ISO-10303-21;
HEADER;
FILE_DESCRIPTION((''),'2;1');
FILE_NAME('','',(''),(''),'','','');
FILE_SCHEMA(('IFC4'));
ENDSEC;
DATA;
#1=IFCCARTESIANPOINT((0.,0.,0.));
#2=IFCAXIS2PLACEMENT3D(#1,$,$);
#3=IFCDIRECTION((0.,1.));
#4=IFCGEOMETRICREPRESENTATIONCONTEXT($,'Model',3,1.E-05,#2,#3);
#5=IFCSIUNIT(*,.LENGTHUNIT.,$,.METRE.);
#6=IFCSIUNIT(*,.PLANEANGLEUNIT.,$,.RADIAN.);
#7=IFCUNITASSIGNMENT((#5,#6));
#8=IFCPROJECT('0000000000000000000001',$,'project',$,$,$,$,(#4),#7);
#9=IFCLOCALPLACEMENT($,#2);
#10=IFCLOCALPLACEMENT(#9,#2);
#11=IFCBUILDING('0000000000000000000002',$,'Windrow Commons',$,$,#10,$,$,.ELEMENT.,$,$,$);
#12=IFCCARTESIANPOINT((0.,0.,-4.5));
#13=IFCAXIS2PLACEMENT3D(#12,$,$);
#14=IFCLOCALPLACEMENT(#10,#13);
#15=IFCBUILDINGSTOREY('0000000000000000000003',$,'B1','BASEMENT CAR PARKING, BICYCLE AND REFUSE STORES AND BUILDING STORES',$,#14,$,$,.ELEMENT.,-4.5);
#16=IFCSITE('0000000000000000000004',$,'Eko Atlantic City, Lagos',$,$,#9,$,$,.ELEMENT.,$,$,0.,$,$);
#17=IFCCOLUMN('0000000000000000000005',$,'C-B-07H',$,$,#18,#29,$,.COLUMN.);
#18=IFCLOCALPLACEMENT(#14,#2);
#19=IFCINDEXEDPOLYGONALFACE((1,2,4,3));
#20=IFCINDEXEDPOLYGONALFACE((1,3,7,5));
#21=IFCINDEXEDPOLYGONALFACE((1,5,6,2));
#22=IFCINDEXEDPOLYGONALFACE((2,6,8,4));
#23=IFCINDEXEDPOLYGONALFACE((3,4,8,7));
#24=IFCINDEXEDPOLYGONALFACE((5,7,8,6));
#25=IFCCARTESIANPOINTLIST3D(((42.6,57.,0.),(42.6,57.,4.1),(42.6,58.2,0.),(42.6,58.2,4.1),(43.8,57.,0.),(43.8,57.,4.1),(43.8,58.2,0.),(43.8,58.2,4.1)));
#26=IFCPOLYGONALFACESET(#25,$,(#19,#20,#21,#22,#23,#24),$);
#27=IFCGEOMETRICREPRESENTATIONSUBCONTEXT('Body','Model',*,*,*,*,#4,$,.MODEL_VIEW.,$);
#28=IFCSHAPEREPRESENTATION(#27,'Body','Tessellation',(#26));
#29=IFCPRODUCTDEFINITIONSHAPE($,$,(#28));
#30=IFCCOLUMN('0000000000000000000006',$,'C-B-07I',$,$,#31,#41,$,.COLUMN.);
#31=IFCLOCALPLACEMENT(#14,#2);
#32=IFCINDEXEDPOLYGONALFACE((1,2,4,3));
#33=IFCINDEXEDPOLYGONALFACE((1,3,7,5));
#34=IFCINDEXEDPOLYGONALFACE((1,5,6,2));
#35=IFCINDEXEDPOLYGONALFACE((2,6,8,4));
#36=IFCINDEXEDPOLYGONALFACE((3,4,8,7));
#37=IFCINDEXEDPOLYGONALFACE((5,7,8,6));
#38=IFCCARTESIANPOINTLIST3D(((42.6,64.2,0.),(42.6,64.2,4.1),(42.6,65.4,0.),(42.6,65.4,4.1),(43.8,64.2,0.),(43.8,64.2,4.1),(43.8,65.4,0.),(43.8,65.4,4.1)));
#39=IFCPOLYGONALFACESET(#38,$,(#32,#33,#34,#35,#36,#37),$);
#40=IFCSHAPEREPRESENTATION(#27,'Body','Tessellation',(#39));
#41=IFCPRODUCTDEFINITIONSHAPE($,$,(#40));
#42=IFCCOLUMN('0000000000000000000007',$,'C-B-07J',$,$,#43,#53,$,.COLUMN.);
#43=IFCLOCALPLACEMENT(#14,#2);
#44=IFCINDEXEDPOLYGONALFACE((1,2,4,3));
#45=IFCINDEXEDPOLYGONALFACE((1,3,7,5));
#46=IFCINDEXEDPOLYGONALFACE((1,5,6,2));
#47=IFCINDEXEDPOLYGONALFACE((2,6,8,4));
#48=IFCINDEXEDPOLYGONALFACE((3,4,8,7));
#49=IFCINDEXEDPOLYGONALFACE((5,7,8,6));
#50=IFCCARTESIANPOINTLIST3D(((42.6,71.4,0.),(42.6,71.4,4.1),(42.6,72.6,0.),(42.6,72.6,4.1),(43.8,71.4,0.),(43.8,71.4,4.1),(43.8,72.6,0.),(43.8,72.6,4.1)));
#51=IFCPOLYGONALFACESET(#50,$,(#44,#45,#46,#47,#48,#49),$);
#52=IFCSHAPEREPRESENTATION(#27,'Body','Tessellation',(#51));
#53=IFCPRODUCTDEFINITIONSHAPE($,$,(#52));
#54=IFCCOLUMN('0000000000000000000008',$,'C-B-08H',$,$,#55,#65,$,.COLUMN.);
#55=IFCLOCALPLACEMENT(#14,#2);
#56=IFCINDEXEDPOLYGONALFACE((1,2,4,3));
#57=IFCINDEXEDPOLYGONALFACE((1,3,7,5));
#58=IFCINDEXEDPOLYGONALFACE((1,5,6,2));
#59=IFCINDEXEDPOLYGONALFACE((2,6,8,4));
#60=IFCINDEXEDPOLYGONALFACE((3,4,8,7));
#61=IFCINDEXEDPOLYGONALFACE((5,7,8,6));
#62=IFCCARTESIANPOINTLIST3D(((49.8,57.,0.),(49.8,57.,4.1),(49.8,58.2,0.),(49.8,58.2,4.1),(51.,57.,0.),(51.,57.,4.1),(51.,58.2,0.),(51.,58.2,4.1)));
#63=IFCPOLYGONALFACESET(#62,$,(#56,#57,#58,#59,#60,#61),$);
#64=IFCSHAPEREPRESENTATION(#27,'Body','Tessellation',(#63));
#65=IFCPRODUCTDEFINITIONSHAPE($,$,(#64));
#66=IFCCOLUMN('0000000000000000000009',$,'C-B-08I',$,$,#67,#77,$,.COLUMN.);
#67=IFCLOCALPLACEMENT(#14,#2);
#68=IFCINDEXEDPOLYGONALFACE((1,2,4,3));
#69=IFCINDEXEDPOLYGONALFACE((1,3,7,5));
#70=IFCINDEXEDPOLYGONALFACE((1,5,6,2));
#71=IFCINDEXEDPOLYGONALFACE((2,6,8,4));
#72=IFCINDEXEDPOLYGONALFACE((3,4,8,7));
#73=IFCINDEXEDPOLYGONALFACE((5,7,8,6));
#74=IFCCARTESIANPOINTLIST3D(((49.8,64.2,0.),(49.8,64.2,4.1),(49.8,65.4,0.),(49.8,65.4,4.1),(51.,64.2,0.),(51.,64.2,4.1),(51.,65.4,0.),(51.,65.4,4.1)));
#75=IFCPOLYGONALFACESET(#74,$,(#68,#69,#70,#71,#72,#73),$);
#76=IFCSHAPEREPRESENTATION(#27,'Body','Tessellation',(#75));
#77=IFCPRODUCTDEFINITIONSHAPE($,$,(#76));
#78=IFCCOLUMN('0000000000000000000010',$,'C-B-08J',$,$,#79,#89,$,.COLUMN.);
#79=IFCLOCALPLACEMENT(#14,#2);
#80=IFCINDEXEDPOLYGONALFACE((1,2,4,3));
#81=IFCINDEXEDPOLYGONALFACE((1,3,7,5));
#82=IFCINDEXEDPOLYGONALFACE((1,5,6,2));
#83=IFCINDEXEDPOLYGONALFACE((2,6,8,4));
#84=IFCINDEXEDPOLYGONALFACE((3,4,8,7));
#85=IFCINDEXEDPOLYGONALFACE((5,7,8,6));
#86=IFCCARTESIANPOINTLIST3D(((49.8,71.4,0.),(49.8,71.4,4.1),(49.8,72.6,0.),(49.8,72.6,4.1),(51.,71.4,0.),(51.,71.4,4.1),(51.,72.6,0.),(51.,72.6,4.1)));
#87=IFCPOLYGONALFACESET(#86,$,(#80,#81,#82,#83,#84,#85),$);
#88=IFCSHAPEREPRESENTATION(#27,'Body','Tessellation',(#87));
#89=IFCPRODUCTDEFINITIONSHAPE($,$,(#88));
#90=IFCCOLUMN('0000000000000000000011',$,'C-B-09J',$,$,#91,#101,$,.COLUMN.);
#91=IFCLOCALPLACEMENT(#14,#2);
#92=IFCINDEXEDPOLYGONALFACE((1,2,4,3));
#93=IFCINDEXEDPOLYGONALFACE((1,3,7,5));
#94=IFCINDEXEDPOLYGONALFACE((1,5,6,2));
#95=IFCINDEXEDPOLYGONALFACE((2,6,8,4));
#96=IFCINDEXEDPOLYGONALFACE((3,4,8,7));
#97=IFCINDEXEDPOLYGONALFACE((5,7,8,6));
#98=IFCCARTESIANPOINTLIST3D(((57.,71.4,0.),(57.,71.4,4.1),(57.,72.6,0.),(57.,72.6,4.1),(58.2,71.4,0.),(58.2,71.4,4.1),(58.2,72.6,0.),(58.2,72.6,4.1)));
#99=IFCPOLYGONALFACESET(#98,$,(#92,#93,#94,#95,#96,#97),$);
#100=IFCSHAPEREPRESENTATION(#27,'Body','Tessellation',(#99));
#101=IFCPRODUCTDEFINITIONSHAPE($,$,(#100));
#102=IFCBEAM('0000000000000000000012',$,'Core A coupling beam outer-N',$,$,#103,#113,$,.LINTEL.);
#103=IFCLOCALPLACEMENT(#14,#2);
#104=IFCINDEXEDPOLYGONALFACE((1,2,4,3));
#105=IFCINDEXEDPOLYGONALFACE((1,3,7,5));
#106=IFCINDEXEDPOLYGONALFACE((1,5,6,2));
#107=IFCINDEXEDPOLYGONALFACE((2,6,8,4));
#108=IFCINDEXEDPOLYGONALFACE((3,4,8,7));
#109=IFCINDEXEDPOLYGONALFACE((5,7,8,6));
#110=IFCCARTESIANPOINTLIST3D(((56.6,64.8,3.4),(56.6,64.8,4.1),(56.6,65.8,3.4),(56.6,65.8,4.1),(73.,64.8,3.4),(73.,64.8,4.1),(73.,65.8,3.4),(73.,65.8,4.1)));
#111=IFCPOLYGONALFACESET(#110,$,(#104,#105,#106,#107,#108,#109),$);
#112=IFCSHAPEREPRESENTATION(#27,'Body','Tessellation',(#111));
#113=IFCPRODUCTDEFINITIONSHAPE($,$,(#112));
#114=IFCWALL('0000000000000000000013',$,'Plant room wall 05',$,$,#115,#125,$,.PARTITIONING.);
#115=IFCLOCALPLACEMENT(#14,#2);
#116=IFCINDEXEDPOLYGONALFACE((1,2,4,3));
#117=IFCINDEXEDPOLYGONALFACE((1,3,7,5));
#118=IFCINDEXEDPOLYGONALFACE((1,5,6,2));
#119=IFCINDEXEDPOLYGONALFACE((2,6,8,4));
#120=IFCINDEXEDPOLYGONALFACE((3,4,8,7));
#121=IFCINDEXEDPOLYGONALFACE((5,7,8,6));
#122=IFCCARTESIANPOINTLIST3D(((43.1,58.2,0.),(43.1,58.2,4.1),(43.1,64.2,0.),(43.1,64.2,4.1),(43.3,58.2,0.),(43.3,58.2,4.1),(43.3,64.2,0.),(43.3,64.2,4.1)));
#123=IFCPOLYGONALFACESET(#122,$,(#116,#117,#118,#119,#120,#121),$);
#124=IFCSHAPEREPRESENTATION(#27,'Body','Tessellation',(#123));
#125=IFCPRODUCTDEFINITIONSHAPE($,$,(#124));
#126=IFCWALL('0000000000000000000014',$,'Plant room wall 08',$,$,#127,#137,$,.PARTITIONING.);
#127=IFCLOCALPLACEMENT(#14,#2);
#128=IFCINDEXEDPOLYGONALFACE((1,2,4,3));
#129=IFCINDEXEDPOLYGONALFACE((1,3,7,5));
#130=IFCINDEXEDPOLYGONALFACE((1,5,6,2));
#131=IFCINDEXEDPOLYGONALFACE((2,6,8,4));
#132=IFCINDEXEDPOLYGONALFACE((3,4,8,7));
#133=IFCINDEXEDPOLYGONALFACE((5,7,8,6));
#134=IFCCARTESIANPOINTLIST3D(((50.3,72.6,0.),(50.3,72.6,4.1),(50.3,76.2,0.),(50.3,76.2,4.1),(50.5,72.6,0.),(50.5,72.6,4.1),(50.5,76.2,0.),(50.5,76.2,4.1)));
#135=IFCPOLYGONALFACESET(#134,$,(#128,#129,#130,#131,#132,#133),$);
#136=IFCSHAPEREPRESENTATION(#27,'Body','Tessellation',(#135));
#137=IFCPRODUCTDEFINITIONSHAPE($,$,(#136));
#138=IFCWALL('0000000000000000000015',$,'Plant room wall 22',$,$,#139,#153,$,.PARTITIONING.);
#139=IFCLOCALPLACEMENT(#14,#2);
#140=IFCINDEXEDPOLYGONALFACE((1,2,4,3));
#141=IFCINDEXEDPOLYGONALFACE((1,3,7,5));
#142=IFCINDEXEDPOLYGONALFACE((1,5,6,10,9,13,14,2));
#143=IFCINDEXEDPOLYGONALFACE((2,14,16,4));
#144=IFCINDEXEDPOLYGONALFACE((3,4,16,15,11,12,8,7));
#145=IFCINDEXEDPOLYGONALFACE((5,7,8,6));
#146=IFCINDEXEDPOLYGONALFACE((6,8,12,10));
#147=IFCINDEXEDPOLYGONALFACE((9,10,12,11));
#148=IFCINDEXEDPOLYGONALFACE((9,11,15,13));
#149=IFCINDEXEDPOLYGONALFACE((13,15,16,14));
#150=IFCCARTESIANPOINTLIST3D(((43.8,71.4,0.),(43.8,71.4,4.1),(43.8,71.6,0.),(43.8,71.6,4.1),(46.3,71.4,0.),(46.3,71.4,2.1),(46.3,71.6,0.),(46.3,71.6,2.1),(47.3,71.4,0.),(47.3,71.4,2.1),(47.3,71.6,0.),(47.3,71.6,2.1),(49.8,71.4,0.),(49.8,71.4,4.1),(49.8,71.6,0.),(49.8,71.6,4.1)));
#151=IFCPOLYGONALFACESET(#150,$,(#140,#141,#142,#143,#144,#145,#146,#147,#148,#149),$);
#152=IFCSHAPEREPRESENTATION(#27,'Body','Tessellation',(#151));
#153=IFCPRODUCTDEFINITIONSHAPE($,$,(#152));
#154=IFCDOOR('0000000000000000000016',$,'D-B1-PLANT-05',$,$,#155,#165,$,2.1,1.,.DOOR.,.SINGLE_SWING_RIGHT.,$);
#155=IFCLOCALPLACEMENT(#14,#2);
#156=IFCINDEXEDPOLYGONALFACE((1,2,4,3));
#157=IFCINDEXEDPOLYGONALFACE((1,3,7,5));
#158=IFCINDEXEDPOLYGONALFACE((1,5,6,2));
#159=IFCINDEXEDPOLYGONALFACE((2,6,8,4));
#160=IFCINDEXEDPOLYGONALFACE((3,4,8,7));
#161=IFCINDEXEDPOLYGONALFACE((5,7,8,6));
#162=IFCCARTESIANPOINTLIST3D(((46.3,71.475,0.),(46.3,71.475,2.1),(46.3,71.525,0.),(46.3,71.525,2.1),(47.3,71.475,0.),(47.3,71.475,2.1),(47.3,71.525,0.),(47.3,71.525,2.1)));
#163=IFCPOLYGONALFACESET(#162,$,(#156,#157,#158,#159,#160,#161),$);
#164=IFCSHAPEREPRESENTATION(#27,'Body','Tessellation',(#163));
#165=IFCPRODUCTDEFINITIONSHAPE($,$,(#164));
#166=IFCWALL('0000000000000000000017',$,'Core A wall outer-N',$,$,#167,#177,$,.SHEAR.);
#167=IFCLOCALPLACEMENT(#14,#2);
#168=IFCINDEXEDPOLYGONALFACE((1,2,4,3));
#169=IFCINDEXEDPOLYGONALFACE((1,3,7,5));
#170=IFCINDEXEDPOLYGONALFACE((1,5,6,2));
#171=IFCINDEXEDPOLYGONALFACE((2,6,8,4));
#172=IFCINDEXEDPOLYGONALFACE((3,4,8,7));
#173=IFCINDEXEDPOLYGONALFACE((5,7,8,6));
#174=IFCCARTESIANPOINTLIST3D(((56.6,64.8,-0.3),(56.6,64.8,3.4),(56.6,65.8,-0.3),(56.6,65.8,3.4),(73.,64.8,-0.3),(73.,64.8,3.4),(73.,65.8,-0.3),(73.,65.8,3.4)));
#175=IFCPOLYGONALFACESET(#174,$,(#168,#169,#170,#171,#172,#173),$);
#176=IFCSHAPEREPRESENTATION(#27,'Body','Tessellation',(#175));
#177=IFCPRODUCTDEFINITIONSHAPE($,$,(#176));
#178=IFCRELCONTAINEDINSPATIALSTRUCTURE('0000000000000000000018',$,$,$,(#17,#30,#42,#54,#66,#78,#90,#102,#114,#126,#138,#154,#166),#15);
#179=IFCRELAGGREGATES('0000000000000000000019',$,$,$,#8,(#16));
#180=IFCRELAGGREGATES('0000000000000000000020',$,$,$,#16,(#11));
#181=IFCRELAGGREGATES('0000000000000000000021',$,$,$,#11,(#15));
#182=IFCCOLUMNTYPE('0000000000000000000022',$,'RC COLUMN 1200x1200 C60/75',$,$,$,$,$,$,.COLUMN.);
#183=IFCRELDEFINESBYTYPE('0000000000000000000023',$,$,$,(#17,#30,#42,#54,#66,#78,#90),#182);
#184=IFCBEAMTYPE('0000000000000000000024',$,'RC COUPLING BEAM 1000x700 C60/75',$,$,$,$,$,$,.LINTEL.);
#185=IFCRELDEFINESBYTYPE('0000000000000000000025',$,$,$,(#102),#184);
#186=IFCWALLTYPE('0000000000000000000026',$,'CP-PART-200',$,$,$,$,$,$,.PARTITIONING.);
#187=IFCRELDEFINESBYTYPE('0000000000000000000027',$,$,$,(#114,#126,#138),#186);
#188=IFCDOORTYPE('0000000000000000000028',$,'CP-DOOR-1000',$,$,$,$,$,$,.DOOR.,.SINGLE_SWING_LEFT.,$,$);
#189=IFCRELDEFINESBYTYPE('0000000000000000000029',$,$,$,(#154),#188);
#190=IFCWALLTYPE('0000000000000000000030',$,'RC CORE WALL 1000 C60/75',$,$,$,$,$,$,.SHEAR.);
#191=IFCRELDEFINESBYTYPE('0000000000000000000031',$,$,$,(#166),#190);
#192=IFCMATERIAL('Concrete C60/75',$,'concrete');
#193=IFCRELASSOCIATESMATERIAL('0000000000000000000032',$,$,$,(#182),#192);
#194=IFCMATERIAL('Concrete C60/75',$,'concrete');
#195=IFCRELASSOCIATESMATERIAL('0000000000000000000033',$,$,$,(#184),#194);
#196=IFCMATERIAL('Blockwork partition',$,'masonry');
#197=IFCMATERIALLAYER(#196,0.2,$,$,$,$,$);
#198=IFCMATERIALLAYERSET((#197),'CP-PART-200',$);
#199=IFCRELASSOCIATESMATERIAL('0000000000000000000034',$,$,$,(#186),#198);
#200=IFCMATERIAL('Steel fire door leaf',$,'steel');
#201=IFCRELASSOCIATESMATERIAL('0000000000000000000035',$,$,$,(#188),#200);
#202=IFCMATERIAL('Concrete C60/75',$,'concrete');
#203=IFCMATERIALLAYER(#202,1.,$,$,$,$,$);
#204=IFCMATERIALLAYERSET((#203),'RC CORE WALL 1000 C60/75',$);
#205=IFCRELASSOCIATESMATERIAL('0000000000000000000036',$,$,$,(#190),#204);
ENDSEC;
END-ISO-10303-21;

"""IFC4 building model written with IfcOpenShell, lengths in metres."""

from ifc_helpers import new_model, si_unit, direction, frame, frame_2d, origin, origin_2d, place, context, subcontext, project, spatial, rectangle, extrude, material, layer, layer_set, material_profile, profile_set, type_object, element, fill, save


model = new_model("IFC4")

# Units and contexts
model_context = context("Model", 3, precision=1e-05, world=origin(), true_north=direction((0.0, 1.0)))
body_context = subcontext(model_context, "Body", "Model", "MODEL_VIEW")
ifc_project = project(units=[si_unit("LENGTHUNIT", "METRE"), si_unit("PLANEANGLEUNIT", "RADIAN")], contexts=[model_context])

# Site, building, storey
site_placement = place(None, origin())
site = spatial("IfcSite", under=ifc_project, at=site_placement, Name="Eko Atlantic City, Lagos", CompositionType="ELEMENT", RefElevation=0.0)
building_placement = place(site_placement, origin())
building = spatial("IfcBuilding", under=site, at=building_placement, Name="Windrow Commons", CompositionType="ELEMENT")
storey_placement = place(building_placement, frame((0.0, 0.0, -4.5)))
storey = spatial("IfcBuildingStorey", under=building, at=storey_placement, Name="B1", Description="BASEMENT CAR PARKING, BICYCLE AND REFUSE STORES AND BUILDING STORES", CompositionType="ELEMENT", Elevation=-4.5)

# Columns
ifc_material_1 = material(Name="Concrete C60/75", Category="concrete")
ifc_material_profile_1 = material_profile(ifc_material_1, rectangle(XDim=1.2, YDim=1.2, at=origin_2d()))
ifc_profile_set_1 = profile_set([ifc_material_profile_1], Name="Concrete C60/75")
column_type = type_object("IfcColumnType", Name="RC COLUMN 1200x1200 C60/75", PredefinedType="COLUMN", material=ifc_profile_set_1)
for number, where, z_axis, x_axis, name in (
    (1, (43.2, 57.6, 0.0), (0.0, 0.0, 1.0), (1.0, 0.0, 0.0), "C-B-07H"),
    (2, (43.2, 64.8, 0.0), (0.0, 0.0, 1.0), (1.0, 0.0, 0.0), "C-B-07I"),
    (3, (43.2, 72.0, 0.0), (0.0, 0.0, 1.0), (1.0, 0.0, 0.0), "C-B-07J"),
    (4, (50.4, 57.6, 0.0), (0.0, 0.0, 1.0), (1.0, 0.0, 0.0), "C-B-08H"),
    (5, (50.4, 64.8, 0.0), (0.0, 0.0, 1.0), (1.0, 0.0, 0.0), "C-B-08I"),
    (6, (50.4, 72.0, 0.0), (0.0, 0.0, 1.0), (1.0, 0.0, 0.0), "C-B-08J"),
    (7, (57.6, 72.0, 0.0), (0.0, 0.0, 1.0), (1.0, 0.0, 0.0), "C-B-09J"),
):
    element("IfcColumn", number, at=place(storey_placement, frame(where, z_axis=z_axis, x_axis=x_axis)), inside=storey, type_object=column_type, Name=name, PredefinedType="COLUMN", context=body_context, shape_type="SweptSolid", body=[
        extrude(rectangle(XDim=1.2, YDim=1.2, at=origin_2d()), origin(), (0.0, 0.0, 1.0), 4.1),
    ])

# Beam
ifc_material_2 = material(Name="Concrete C60/75", Category="concrete")
ifc_material_profile_2 = material_profile(ifc_material_2, rectangle(XDim=1.0, YDim=0.7, at=origin_2d()))
ifc_profile_set_2 = profile_set([ifc_material_profile_2], Name="Concrete C60/75")
beam_type = type_object("IfcBeamType", Name="RC COUPLING BEAM 1000x700 C60/75", PredefinedType="LINTEL", material=ifc_profile_set_2)
beam_placement = place(storey_placement, frame((56.6, 65.3, 3.75), z_axis=(1.0, 0.0, 0.0), x_axis=(0.0, 1.0, 0.0)))
element("IfcBeam", 8, at=beam_placement, inside=storey, type_object=beam_type, Name="Core A coupling beam outer-N", PredefinedType="LINTEL", context=body_context, shape_type="SweptSolid", body=[
    extrude(rectangle(XDim=1.0, YDim=0.7, at=origin_2d()), origin(), (0.0, 0.0, 1.0), 16.4),
])

# Walls
ifc_material_3 = material(Name="Blockwork partition", Category="masonry")
ifc_layer_1 = layer(ifc_material_3, 0.2)
ifc_layer_set_1 = layer_set([ifc_layer_1], Name="CP-PART-200")
wall_type_1 = type_object("IfcWallType", Name="CP-PART-200", PredefinedType="PARTITIONING", material=ifc_layer_set_1)
wall_1_placement = place(storey_placement, frame((43.2, 58.2, 0.0), z_axis=(0.0, 0.0, 1.0), x_axis=(0.0, 1.0, 0.0)))
element("IfcWall", 9, at=wall_1_placement, inside=storey, type_object=wall_type_1, Name="Plant room wall 05", PredefinedType="PARTITIONING", context=body_context, shape_type="SweptSolid", body=[
    extrude(rectangle(XDim=6.0, YDim=0.2, at=frame_2d((3.0, 0.0))), origin(), (0.0, 0.0, 1.0), 4.1),
])
wall_2_placement = place(storey_placement, frame((50.4, 72.6, 0.0), z_axis=(0.0, 0.0, 1.0), x_axis=(0.0, 1.0, 0.0)))
element("IfcWall", 10, at=wall_2_placement, inside=storey, type_object=wall_type_1, Name="Plant room wall 08", PredefinedType="PARTITIONING", context=body_context, shape_type="SweptSolid", body=[
    extrude(rectangle(XDim=3.6, YDim=0.2, at=frame_2d((1.8, 0.0))), origin(), (0.0, 0.0, 1.0), 4.1),
])

# Wall, opening, door
wall_3_placement = place(storey_placement, frame((43.8, 71.5, 0.0), z_axis=(0.0, 0.0, 1.0), x_axis=(1.0, 0.0, 0.0)))
wall_3 = element("IfcWall", 11, at=wall_3_placement, inside=storey, type_object=wall_type_1, Name="Plant room wall 22", PredefinedType="PARTITIONING", context=body_context, shape_type="SweptSolid", body=[
    extrude(rectangle(XDim=6.0, YDim=0.2, at=frame_2d((3.0, 0.0))), origin(), (0.0, 0.0, 1.0), 4.1),
])
opening_1_placement = place(wall_3_placement, frame((2.5, 0.0, 0.0)))
opening_1 = element("IfcOpeningElement", 12, at=opening_1_placement, cuts=wall_3, PredefinedType="OPENING", context=body_context, shape_type="SweptSolid", body=[
    extrude(rectangle(XDim=1.0, YDim=2.1, at=frame_2d((0.5, 1.05))), frame((0.0, 0.11, 0.0), z_axis=(0.0, -1.0, 0.0), x_axis=(1.0, 0.0, 0.0)), (0.0, 0.0, 1.0), 0.22),
])
ifc_material_4 = material(Name="Steel fire door leaf", Category="steel")
door_type_1 = type_object("IfcDoorType", Name="CP-DOOR-1000", OperationType="SINGLE_SWING_LEFT", PredefinedType="DOOR", material=ifc_material_4)
door_1_placement = place(opening_1_placement, origin())
door_1 = element("IfcDoor", 13, at=door_1_placement, inside=storey, type_object=door_type_1, Name="D-B1-PLANT-05", OperationType="SINGLE_SWING_RIGHT", OverallHeight=2.1, OverallWidth=1.0, PredefinedType="DOOR", context=body_context, shape_type="SweptSolid", body=[
    extrude(rectangle(XDim=1.0, YDim=2.1, at=frame_2d((0.5, 1.05))), frame((0.0, 0.025, 0.0), z_axis=(0.0, -1.0, 0.0), x_axis=(1.0, 0.0, 0.0)), (0.0, 0.0, 1.0), 0.05),
])
fill(opening_1, door_1)

# Wall
ifc_material_5 = material(Name="Concrete C60/75", Category="concrete")
ifc_layer_2 = layer(ifc_material_5, 1.0)
ifc_layer_set_2 = layer_set([ifc_layer_2], Name="RC CORE WALL 1000 C60/75")
wall_type_2 = type_object("IfcWallType", Name="RC CORE WALL 1000 C60/75", PredefinedType="SHEAR", material=ifc_layer_set_2)
wall_4_placement = place(storey_placement, frame((56.6, 65.3, -0.3), z_axis=(0.0, 0.0, 1.0), x_axis=(1.0, 0.0, 0.0)))
element("IfcWall", 14, at=wall_4_placement, inside=storey, type_object=wall_type_2, Name="Core A wall outer-N", PredefinedType="SHEAR", context=body_context, shape_type="SweptSolid", body=[
    extrude(rectangle(XDim=16.4, YDim=1.0, at=frame_2d((8.2, 0.0))), origin(), (0.0, 0.0, 1.0), 3.7),
])

save(model, "model.ifc")
